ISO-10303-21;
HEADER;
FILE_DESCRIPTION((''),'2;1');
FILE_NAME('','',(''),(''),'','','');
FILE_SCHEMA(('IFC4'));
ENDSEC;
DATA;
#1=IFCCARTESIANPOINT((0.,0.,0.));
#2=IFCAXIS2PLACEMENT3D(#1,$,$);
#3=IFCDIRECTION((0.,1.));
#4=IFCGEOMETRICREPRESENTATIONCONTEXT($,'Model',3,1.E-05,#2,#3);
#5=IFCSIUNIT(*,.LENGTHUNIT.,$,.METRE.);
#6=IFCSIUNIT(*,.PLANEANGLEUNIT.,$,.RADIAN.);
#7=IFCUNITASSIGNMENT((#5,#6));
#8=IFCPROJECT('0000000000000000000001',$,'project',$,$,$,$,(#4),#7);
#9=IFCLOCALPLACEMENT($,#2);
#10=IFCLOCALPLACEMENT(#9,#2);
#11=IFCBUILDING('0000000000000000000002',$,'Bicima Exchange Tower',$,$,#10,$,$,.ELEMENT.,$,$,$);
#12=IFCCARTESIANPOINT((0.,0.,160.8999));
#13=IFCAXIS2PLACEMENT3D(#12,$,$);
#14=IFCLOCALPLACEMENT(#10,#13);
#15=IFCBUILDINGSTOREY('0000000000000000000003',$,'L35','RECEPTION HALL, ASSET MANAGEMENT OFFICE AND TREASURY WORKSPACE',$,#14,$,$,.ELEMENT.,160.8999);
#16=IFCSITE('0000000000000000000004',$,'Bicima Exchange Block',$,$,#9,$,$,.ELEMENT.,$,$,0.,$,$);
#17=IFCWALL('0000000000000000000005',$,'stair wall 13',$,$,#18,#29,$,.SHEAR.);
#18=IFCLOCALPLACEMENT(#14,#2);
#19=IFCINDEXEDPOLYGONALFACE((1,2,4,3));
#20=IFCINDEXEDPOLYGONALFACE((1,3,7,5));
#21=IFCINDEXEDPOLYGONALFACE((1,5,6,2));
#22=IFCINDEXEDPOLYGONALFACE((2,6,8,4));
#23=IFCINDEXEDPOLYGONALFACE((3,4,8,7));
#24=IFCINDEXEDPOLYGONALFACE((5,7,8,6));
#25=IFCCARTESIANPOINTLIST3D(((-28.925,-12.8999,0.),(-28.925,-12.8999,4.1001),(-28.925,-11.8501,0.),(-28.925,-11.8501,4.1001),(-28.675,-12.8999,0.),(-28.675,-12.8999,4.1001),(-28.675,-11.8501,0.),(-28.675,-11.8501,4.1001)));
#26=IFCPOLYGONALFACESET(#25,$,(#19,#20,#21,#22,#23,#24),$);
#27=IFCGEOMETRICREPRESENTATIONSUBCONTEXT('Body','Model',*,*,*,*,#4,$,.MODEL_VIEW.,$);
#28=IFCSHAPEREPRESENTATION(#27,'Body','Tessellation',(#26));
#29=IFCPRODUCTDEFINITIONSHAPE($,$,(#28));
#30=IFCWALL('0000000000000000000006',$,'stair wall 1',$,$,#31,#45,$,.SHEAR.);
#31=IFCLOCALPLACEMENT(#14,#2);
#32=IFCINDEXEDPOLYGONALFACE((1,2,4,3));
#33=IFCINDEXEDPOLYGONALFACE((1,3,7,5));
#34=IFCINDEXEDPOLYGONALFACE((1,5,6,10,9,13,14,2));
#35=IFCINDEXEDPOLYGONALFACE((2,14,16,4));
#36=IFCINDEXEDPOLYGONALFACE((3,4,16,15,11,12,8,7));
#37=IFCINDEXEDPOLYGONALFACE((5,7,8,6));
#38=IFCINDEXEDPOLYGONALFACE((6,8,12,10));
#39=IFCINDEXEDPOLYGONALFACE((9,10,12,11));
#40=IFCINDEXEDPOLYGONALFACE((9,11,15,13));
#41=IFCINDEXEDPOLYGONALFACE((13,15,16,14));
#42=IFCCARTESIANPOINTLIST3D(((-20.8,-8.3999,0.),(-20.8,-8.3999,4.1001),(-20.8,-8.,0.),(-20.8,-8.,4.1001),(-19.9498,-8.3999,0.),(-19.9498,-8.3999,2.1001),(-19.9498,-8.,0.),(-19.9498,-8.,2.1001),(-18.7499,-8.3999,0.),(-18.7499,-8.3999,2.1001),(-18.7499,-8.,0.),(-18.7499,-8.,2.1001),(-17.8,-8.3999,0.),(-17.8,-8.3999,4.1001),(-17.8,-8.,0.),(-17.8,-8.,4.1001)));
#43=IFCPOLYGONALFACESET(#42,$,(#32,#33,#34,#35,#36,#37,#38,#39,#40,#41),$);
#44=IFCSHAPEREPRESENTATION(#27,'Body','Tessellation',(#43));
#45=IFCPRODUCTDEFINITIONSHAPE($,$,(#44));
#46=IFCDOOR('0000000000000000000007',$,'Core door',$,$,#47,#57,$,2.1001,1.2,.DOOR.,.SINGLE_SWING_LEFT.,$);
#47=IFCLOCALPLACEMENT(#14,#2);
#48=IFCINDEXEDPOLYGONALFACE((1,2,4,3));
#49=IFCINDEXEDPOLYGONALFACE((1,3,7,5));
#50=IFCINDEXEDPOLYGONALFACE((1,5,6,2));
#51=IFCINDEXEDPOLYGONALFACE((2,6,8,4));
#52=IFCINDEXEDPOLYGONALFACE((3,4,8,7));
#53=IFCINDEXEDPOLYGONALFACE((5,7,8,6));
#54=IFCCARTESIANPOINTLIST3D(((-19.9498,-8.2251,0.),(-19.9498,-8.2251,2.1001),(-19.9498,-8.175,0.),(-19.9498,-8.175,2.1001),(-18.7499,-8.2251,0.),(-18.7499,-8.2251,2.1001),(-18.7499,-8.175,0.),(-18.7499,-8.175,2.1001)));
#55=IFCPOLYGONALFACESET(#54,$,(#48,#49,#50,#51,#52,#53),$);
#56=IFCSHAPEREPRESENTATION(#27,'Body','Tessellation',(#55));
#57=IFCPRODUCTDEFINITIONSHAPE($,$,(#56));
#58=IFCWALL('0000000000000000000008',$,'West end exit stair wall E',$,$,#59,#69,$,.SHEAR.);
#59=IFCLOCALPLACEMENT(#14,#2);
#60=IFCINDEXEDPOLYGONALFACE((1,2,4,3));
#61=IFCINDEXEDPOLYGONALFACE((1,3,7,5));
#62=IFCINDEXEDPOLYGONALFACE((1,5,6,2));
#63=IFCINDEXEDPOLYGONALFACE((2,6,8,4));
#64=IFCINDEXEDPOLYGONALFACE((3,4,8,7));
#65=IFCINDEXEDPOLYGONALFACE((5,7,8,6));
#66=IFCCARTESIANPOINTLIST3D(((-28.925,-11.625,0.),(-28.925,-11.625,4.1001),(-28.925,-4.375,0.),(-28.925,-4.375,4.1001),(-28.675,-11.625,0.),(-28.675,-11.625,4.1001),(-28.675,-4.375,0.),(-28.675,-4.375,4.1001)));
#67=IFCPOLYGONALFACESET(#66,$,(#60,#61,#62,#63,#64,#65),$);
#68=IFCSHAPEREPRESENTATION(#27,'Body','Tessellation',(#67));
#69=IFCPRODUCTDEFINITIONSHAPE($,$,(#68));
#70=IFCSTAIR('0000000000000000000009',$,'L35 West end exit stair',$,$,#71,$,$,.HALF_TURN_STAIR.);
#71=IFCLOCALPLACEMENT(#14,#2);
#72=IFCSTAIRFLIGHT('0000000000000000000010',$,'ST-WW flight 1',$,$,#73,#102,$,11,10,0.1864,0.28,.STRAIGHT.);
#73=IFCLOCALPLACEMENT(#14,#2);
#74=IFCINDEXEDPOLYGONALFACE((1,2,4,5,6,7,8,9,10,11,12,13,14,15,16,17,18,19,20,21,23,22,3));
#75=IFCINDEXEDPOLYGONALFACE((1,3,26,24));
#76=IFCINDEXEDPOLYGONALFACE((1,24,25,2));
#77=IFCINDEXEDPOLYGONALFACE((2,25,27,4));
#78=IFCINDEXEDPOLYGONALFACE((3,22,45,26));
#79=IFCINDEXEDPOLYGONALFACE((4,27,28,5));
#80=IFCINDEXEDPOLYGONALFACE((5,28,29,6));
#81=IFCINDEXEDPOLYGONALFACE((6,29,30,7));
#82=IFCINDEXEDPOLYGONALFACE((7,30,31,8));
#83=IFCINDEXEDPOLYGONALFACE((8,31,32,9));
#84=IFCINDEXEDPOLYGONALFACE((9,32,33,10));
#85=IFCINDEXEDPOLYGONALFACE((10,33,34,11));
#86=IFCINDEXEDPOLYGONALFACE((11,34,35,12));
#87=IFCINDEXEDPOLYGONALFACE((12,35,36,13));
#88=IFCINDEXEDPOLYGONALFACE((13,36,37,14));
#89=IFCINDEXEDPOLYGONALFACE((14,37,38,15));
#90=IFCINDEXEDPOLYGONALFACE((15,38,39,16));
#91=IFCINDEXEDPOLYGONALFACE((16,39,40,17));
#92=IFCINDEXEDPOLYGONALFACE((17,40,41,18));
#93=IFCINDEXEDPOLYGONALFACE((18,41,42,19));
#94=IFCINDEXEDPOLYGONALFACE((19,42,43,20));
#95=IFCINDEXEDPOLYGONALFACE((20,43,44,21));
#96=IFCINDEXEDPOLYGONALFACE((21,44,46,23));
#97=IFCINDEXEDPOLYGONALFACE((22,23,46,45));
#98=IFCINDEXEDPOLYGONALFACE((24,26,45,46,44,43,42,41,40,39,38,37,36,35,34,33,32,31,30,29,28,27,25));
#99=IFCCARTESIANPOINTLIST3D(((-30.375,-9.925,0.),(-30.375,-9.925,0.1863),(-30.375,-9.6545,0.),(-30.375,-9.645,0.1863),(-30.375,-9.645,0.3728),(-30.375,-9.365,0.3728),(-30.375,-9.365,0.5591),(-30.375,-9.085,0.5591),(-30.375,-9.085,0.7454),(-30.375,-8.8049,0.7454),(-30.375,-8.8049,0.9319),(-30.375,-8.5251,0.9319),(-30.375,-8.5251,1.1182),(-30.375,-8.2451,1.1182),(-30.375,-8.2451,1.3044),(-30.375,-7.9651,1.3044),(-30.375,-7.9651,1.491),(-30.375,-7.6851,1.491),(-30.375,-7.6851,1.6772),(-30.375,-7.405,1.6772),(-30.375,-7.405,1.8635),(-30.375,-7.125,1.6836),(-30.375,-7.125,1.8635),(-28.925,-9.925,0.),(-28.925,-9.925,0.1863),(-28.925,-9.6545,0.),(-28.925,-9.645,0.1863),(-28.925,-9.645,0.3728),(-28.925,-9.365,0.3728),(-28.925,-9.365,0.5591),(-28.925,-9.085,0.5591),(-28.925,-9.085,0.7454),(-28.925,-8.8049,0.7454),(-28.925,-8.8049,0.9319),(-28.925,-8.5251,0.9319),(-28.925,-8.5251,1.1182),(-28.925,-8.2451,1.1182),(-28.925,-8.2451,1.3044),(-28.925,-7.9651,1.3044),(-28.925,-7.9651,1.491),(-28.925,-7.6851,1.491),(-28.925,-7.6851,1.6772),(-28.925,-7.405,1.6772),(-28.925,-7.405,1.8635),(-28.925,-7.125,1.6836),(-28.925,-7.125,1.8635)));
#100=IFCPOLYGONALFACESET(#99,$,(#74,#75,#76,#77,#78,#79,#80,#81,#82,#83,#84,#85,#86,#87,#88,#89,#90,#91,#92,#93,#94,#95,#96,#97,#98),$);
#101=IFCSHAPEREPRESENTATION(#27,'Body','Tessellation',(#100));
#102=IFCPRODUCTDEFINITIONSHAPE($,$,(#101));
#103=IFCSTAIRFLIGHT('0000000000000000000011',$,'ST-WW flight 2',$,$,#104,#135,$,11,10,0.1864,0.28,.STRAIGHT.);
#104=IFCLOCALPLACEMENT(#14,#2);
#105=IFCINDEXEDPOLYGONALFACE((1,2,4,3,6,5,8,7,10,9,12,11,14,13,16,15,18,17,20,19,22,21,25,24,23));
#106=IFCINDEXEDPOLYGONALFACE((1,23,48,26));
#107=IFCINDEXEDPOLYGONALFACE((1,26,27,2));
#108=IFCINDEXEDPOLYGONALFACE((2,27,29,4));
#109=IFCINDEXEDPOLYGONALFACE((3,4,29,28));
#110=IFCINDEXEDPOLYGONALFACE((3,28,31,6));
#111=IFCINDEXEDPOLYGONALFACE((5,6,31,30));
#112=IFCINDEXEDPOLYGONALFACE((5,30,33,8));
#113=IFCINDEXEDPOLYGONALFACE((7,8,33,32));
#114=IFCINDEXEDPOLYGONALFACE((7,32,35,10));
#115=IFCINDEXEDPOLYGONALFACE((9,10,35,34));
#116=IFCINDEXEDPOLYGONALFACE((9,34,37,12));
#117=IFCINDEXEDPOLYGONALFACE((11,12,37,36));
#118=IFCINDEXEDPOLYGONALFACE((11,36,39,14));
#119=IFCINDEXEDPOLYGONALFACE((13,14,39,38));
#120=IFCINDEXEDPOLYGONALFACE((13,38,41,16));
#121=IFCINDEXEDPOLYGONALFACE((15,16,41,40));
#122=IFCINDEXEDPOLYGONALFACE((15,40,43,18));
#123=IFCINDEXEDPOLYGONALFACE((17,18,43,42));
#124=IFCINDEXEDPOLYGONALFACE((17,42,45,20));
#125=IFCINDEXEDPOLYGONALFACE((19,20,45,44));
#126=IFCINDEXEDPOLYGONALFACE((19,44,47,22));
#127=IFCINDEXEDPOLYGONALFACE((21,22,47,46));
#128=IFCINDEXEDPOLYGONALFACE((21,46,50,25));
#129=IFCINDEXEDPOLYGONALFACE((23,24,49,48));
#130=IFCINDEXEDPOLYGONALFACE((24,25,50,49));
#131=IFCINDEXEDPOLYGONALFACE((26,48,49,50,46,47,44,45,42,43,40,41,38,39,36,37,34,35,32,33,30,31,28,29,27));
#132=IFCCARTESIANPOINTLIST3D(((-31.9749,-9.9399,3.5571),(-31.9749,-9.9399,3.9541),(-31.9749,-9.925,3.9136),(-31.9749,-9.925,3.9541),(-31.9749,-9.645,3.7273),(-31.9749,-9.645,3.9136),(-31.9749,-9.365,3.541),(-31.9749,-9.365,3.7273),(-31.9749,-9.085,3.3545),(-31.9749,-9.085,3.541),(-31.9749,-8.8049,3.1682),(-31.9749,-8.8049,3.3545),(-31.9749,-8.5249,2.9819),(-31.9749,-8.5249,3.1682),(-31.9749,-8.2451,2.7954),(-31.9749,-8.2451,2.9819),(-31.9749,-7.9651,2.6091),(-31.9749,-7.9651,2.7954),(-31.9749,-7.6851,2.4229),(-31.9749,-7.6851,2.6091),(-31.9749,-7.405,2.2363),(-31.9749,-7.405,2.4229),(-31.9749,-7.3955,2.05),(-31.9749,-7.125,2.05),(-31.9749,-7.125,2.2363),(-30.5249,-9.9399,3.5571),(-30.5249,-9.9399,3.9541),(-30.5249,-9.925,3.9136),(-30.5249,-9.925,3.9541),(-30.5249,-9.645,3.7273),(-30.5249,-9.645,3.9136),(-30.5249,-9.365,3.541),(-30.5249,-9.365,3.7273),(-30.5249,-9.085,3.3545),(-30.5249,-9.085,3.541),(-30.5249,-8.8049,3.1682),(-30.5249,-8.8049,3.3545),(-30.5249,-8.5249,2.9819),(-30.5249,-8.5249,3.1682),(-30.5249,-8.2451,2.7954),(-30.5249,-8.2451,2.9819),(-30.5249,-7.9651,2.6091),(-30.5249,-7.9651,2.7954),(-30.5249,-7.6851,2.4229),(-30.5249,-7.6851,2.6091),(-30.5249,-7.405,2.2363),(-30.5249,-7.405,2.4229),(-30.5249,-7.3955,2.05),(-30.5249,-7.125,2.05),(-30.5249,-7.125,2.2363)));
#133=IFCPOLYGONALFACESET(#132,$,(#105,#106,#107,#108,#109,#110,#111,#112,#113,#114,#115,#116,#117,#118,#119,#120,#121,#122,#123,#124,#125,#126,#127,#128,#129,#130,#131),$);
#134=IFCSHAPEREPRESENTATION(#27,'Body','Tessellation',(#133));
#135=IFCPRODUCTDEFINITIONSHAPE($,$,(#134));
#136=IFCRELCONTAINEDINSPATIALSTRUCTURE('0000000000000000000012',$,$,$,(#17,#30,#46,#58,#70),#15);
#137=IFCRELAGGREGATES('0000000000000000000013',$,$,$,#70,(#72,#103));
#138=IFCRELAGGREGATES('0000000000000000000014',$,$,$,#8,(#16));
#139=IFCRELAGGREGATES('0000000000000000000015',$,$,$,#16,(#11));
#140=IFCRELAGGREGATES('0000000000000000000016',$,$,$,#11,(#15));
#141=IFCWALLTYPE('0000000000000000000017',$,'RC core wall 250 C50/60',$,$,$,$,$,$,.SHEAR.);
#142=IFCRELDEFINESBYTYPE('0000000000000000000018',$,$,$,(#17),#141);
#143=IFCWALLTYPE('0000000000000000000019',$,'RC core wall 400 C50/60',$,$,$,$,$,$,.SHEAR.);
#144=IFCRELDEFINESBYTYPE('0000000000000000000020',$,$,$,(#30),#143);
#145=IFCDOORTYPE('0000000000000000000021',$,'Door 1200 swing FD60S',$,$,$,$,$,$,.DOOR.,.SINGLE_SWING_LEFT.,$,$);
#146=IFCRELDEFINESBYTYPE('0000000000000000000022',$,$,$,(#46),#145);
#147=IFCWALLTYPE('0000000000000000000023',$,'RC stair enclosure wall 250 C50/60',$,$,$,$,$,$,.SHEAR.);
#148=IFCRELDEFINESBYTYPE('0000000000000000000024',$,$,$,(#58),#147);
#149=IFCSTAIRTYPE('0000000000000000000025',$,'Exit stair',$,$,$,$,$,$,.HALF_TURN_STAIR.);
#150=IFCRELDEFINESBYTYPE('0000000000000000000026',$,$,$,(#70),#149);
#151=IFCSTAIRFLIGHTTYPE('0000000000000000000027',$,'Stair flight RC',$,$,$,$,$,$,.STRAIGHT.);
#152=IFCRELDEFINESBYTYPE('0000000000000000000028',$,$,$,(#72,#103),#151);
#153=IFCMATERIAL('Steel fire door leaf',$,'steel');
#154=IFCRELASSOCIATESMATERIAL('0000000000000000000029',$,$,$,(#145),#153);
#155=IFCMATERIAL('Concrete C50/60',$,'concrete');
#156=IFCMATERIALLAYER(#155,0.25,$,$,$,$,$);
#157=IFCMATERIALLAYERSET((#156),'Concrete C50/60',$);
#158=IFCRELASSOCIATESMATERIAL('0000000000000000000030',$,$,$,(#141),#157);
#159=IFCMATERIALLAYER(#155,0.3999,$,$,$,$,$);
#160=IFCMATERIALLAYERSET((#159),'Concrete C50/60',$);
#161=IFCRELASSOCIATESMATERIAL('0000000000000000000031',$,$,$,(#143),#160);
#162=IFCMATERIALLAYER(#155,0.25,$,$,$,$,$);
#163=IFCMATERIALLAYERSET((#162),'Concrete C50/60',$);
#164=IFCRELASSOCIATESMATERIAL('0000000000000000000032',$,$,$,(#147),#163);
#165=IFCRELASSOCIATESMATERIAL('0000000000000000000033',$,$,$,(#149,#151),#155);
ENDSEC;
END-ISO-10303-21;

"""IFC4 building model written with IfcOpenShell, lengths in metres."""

from ifc_helpers import new_model, si_unit, direction, frame, frame_2d, origin, place, context, subcontext, project, spatial, polyline, rectangle, outline, extrude, material, layer, layer_set, type_object, element, fill, aggregate, save


model = new_model("IFC4")

# Units and contexts
model_context = context("Model", 3, precision=1e-05, world=origin(), true_north=direction((0.0, 1.0)))
body_context = subcontext(model_context, "Body", "Model", "MODEL_VIEW")
ifc_project = project(units=[si_unit("LENGTHUNIT", "METRE"), si_unit("PLANEANGLEUNIT", "RADIAN")], contexts=[model_context])

# Site, building, storey
site_placement = place(None, origin())
site = spatial("IfcSite", under=ifc_project, at=site_placement, Name="Bicima Exchange Block", CompositionType="ELEMENT", RefElevation=0.0)
building_placement = place(site_placement, origin())
building = spatial("IfcBuilding", under=site, at=building_placement, Name="Bicima Exchange Tower", CompositionType="ELEMENT")
storey_placement = place(building_placement, frame((0.0, 0.0, 160.8999)))
storey = spatial("IfcBuildingStorey", under=building, at=storey_placement, Name="L35", Description="RECEPTION HALL, ASSET MANAGEMENT OFFICE AND TREASURY WORKSPACE", CompositionType="ELEMENT", Elevation=160.8999)

# Shared definitions
ifc_material_1 = material(Name="Concrete C50/60", Category="concrete")
ifc_material_2 = material(Name="Steel fire door leaf", Category="steel")
door_type_1 = type_object("IfcDoorType", Name="Door 1200 swing FD60S", OperationType="SINGLE_SWING_LEFT", PredefinedType="DOOR", material=ifc_material_2)

# Wall
ifc_layer_1 = layer(ifc_material_1, 0.25)
ifc_layer_set_1 = layer_set([ifc_layer_1], Name="Concrete C50/60")
wall_type_1 = type_object("IfcWallType", Name="RC core wall 250 C50/60", PredefinedType="SHEAR", material=ifc_layer_set_1)
wall_1_placement = place(storey_placement, frame((-28.8, -12.8999, 0.0), z_axis=(0.0, 0.0, 1.0), x_axis=(0.0, 1.0, 0.0)))
element("IfcWall", 1, at=wall_1_placement, inside=storey, type_object=wall_type_1, Name="stair wall 13", PredefinedType="SHEAR", context=body_context, shape_type="SweptSolid", body=[
    extrude(rectangle(XDim=1.0498, YDim=0.25, at=frame_2d((0.5249, 0.0))), origin(), (0.0, 0.0, 1.0), 4.1001),
])

# Wall, opening, door
ifc_layer_2 = layer(ifc_material_1, 0.3999)
ifc_layer_set_2 = layer_set([ifc_layer_2], Name="Concrete C50/60")
wall_type_2 = type_object("IfcWallType", Name="RC core wall 400 C50/60", PredefinedType="SHEAR", material=ifc_layer_set_2)
wall_2_placement = place(storey_placement, frame((-20.8, -8.2, 0.0), z_axis=(0.0, 0.0, 1.0), x_axis=(1.0, 0.0, 0.0)))
wall_2 = element("IfcWall", 2, at=wall_2_placement, inside=storey, type_object=wall_type_2, Name="stair wall 1", PredefinedType="SHEAR", context=body_context, shape_type="SweptSolid", body=[
    extrude(rectangle(XDim=3.0, YDim=0.3999, at=frame_2d((1.5, 0.0))), origin(), (0.0, 0.0, 1.0), 4.1001),
])
opening_1_placement = place(wall_2_placement, frame((0.8501, 0.0, 0.0)))
opening_1 = element("IfcOpeningElement", 3, at=opening_1_placement, cuts=wall_2, PredefinedType="OPENING", context=body_context, shape_type="SweptSolid", body=[
    extrude(rectangle(XDim=1.2, YDim=2.1001, at=frame_2d((0.6001, 1.05))), frame((0.0, 0.2119, 0.0), z_axis=(0.0, -1.0, 0.0), x_axis=(1.0, 0.0, 0.0)), (0.0, 0.0, 1.0), 0.4238),
])
door_1_placement = place(opening_1_placement, origin())
door_1 = element("IfcDoor", 4, at=door_1_placement, inside=storey, type_object=door_type_1, Name="Core door", OperationType="SINGLE_SWING_LEFT", OverallHeight=2.1001, OverallWidth=1.2, PredefinedType="DOOR", context=body_context, shape_type="SweptSolid", body=[
    extrude(rectangle(XDim=1.2, YDim=2.1001, at=frame_2d((0.6001, 1.05))), frame((0.0, 0.0249, 0.0), z_axis=(0.0, -1.0, 0.0), x_axis=(1.0, 0.0, 0.0)), (0.0, 0.0, 1.0), 0.05),
])
fill(opening_1, door_1)

# Wall
ifc_layer_3 = layer(ifc_material_1, 0.25)
ifc_layer_set_3 = layer_set([ifc_layer_3], Name="Concrete C50/60")
wall_type_3 = type_object("IfcWallType", Name="RC stair enclosure wall 250 C50/60", PredefinedType="SHEAR", material=ifc_layer_set_3)
wall_3_placement = place(storey_placement, frame((-28.8, -11.625, 0.0), z_axis=(0.0, 0.0, 1.0), x_axis=(0.0, 1.0, 0.0)))
element("IfcWall", 5, at=wall_3_placement, inside=storey, type_object=wall_type_3, Name="West end exit stair wall E", PredefinedType="SHEAR", context=body_context, shape_type="SweptSolid", body=[
    extrude(rectangle(XDim=7.25, YDim=0.25, at=frame_2d((3.625, 0.0))), origin(), (0.0, 0.0, 1.0), 4.1001),
])

# Stair, stair flights
stair_type = type_object("IfcStairType", Name="Exit stair", PredefinedType="HALF_TURN_STAIR", material=ifc_material_1)
stair_placement = place(storey_placement, origin())
stair = element("IfcStair", 6, at=stair_placement, inside=storey, type_object=stair_type, Name="L35 West end exit stair", PredefinedType="HALF_TURN_STAIR")
stair_flight_type = type_object("IfcStairFlightType", Name="Stair flight RC", PredefinedType="STRAIGHT", material=ifc_material_1)
stair_flight_1_placement = place(storey_placement, frame((-29.6499, -9.925, 0.0), z_axis=(0.0, 0.0, 1.0), x_axis=(0.0, 1.0, 0.0)))
stair_flight_1 = element("IfcStairFlight", 7, at=stair_flight_1_placement, type_object=stair_flight_type, Name="ST-WW flight 1", NumberOfRisers=11, NumberOfTreads=10, PredefinedType="STRAIGHT", RiserHeight=0.1864, TreadLength=0.28, context=body_context, shape_type="SweptSolid", body=[
    extrude(outline(polyline([(0.0, 0.0), (0.0, 0.1863), (0.28, 0.1863), (0.28, 0.3728), (0.5601, 0.3728), (0.5601, 0.5591), (0.8401, 0.5591), (0.8401, 0.7454), (1.1201, 0.7454), (1.1201, 0.9319), (1.3999, 0.9319), (1.3999, 1.1182), (1.6799, 1.1182), (1.6799, 1.3044), (1.96, 1.3044), (1.96, 1.491), (2.24, 1.491), (2.24, 1.6772), (2.52, 1.6772), (2.52, 1.8635), (2.8, 1.8635), (2.8, 2.05), (2.8, 1.6836), (0.2705, 0.0), (0.0, 0.0)])), frame((0.0, 0.7251, 0.0), z_axis=(0.0, -1.0, 0.0), x_axis=(1.0, 0.0, 0.0)), (0.0, 0.0, 1.0), 1.45),
])
stair_flight_2_placement = place(storey_placement, frame((-31.25, -7.125, 2.05), z_axis=(0.0, 0.0, 1.0), x_axis=(0.0, -1.0, 0.0)))
stair_flight_2 = element("IfcStairFlight", 8, at=stair_flight_2_placement, type_object=stair_flight_type, Name="ST-WW flight 2", NumberOfRisers=11, NumberOfTreads=10, PredefinedType="STRAIGHT", RiserHeight=0.1864, TreadLength=0.28, context=body_context, shape_type="SweptSolid", body=[
    extrude(outline(polyline([(0.0, 0.0), (0.0, 0.1863), (0.28, 0.1863), (0.28, 0.3728), (0.5601, 0.3728), (0.5601, 0.5591), (0.8401, 0.5591), (0.8401, 0.7454), (1.1201, 0.7454), (1.1201, 0.9319), (1.3999, 0.9319), (1.3999, 1.1182), (1.6799, 1.1182), (1.6799, 1.3044), (1.96, 1.3044), (1.96, 1.491), (2.24, 1.491), (2.24, 1.6772), (2.52, 1.6772), (2.52, 1.8635), (2.8, 1.8635), (2.8, 1.9041), (2.8149, 1.9041), (2.8149, 1.5071), (0.2705, 0.0), (0.0, 0.0)])), frame((0.0, 0.7251, 0.0), z_axis=(0.0, -1.0, 0.0), x_axis=(1.0, 0.0, 0.0)), (0.0, 0.0, 1.0), 1.45),
])
aggregate(stair, [stair_flight_1, stair_flight_2])

save(model, "model.ifc")
